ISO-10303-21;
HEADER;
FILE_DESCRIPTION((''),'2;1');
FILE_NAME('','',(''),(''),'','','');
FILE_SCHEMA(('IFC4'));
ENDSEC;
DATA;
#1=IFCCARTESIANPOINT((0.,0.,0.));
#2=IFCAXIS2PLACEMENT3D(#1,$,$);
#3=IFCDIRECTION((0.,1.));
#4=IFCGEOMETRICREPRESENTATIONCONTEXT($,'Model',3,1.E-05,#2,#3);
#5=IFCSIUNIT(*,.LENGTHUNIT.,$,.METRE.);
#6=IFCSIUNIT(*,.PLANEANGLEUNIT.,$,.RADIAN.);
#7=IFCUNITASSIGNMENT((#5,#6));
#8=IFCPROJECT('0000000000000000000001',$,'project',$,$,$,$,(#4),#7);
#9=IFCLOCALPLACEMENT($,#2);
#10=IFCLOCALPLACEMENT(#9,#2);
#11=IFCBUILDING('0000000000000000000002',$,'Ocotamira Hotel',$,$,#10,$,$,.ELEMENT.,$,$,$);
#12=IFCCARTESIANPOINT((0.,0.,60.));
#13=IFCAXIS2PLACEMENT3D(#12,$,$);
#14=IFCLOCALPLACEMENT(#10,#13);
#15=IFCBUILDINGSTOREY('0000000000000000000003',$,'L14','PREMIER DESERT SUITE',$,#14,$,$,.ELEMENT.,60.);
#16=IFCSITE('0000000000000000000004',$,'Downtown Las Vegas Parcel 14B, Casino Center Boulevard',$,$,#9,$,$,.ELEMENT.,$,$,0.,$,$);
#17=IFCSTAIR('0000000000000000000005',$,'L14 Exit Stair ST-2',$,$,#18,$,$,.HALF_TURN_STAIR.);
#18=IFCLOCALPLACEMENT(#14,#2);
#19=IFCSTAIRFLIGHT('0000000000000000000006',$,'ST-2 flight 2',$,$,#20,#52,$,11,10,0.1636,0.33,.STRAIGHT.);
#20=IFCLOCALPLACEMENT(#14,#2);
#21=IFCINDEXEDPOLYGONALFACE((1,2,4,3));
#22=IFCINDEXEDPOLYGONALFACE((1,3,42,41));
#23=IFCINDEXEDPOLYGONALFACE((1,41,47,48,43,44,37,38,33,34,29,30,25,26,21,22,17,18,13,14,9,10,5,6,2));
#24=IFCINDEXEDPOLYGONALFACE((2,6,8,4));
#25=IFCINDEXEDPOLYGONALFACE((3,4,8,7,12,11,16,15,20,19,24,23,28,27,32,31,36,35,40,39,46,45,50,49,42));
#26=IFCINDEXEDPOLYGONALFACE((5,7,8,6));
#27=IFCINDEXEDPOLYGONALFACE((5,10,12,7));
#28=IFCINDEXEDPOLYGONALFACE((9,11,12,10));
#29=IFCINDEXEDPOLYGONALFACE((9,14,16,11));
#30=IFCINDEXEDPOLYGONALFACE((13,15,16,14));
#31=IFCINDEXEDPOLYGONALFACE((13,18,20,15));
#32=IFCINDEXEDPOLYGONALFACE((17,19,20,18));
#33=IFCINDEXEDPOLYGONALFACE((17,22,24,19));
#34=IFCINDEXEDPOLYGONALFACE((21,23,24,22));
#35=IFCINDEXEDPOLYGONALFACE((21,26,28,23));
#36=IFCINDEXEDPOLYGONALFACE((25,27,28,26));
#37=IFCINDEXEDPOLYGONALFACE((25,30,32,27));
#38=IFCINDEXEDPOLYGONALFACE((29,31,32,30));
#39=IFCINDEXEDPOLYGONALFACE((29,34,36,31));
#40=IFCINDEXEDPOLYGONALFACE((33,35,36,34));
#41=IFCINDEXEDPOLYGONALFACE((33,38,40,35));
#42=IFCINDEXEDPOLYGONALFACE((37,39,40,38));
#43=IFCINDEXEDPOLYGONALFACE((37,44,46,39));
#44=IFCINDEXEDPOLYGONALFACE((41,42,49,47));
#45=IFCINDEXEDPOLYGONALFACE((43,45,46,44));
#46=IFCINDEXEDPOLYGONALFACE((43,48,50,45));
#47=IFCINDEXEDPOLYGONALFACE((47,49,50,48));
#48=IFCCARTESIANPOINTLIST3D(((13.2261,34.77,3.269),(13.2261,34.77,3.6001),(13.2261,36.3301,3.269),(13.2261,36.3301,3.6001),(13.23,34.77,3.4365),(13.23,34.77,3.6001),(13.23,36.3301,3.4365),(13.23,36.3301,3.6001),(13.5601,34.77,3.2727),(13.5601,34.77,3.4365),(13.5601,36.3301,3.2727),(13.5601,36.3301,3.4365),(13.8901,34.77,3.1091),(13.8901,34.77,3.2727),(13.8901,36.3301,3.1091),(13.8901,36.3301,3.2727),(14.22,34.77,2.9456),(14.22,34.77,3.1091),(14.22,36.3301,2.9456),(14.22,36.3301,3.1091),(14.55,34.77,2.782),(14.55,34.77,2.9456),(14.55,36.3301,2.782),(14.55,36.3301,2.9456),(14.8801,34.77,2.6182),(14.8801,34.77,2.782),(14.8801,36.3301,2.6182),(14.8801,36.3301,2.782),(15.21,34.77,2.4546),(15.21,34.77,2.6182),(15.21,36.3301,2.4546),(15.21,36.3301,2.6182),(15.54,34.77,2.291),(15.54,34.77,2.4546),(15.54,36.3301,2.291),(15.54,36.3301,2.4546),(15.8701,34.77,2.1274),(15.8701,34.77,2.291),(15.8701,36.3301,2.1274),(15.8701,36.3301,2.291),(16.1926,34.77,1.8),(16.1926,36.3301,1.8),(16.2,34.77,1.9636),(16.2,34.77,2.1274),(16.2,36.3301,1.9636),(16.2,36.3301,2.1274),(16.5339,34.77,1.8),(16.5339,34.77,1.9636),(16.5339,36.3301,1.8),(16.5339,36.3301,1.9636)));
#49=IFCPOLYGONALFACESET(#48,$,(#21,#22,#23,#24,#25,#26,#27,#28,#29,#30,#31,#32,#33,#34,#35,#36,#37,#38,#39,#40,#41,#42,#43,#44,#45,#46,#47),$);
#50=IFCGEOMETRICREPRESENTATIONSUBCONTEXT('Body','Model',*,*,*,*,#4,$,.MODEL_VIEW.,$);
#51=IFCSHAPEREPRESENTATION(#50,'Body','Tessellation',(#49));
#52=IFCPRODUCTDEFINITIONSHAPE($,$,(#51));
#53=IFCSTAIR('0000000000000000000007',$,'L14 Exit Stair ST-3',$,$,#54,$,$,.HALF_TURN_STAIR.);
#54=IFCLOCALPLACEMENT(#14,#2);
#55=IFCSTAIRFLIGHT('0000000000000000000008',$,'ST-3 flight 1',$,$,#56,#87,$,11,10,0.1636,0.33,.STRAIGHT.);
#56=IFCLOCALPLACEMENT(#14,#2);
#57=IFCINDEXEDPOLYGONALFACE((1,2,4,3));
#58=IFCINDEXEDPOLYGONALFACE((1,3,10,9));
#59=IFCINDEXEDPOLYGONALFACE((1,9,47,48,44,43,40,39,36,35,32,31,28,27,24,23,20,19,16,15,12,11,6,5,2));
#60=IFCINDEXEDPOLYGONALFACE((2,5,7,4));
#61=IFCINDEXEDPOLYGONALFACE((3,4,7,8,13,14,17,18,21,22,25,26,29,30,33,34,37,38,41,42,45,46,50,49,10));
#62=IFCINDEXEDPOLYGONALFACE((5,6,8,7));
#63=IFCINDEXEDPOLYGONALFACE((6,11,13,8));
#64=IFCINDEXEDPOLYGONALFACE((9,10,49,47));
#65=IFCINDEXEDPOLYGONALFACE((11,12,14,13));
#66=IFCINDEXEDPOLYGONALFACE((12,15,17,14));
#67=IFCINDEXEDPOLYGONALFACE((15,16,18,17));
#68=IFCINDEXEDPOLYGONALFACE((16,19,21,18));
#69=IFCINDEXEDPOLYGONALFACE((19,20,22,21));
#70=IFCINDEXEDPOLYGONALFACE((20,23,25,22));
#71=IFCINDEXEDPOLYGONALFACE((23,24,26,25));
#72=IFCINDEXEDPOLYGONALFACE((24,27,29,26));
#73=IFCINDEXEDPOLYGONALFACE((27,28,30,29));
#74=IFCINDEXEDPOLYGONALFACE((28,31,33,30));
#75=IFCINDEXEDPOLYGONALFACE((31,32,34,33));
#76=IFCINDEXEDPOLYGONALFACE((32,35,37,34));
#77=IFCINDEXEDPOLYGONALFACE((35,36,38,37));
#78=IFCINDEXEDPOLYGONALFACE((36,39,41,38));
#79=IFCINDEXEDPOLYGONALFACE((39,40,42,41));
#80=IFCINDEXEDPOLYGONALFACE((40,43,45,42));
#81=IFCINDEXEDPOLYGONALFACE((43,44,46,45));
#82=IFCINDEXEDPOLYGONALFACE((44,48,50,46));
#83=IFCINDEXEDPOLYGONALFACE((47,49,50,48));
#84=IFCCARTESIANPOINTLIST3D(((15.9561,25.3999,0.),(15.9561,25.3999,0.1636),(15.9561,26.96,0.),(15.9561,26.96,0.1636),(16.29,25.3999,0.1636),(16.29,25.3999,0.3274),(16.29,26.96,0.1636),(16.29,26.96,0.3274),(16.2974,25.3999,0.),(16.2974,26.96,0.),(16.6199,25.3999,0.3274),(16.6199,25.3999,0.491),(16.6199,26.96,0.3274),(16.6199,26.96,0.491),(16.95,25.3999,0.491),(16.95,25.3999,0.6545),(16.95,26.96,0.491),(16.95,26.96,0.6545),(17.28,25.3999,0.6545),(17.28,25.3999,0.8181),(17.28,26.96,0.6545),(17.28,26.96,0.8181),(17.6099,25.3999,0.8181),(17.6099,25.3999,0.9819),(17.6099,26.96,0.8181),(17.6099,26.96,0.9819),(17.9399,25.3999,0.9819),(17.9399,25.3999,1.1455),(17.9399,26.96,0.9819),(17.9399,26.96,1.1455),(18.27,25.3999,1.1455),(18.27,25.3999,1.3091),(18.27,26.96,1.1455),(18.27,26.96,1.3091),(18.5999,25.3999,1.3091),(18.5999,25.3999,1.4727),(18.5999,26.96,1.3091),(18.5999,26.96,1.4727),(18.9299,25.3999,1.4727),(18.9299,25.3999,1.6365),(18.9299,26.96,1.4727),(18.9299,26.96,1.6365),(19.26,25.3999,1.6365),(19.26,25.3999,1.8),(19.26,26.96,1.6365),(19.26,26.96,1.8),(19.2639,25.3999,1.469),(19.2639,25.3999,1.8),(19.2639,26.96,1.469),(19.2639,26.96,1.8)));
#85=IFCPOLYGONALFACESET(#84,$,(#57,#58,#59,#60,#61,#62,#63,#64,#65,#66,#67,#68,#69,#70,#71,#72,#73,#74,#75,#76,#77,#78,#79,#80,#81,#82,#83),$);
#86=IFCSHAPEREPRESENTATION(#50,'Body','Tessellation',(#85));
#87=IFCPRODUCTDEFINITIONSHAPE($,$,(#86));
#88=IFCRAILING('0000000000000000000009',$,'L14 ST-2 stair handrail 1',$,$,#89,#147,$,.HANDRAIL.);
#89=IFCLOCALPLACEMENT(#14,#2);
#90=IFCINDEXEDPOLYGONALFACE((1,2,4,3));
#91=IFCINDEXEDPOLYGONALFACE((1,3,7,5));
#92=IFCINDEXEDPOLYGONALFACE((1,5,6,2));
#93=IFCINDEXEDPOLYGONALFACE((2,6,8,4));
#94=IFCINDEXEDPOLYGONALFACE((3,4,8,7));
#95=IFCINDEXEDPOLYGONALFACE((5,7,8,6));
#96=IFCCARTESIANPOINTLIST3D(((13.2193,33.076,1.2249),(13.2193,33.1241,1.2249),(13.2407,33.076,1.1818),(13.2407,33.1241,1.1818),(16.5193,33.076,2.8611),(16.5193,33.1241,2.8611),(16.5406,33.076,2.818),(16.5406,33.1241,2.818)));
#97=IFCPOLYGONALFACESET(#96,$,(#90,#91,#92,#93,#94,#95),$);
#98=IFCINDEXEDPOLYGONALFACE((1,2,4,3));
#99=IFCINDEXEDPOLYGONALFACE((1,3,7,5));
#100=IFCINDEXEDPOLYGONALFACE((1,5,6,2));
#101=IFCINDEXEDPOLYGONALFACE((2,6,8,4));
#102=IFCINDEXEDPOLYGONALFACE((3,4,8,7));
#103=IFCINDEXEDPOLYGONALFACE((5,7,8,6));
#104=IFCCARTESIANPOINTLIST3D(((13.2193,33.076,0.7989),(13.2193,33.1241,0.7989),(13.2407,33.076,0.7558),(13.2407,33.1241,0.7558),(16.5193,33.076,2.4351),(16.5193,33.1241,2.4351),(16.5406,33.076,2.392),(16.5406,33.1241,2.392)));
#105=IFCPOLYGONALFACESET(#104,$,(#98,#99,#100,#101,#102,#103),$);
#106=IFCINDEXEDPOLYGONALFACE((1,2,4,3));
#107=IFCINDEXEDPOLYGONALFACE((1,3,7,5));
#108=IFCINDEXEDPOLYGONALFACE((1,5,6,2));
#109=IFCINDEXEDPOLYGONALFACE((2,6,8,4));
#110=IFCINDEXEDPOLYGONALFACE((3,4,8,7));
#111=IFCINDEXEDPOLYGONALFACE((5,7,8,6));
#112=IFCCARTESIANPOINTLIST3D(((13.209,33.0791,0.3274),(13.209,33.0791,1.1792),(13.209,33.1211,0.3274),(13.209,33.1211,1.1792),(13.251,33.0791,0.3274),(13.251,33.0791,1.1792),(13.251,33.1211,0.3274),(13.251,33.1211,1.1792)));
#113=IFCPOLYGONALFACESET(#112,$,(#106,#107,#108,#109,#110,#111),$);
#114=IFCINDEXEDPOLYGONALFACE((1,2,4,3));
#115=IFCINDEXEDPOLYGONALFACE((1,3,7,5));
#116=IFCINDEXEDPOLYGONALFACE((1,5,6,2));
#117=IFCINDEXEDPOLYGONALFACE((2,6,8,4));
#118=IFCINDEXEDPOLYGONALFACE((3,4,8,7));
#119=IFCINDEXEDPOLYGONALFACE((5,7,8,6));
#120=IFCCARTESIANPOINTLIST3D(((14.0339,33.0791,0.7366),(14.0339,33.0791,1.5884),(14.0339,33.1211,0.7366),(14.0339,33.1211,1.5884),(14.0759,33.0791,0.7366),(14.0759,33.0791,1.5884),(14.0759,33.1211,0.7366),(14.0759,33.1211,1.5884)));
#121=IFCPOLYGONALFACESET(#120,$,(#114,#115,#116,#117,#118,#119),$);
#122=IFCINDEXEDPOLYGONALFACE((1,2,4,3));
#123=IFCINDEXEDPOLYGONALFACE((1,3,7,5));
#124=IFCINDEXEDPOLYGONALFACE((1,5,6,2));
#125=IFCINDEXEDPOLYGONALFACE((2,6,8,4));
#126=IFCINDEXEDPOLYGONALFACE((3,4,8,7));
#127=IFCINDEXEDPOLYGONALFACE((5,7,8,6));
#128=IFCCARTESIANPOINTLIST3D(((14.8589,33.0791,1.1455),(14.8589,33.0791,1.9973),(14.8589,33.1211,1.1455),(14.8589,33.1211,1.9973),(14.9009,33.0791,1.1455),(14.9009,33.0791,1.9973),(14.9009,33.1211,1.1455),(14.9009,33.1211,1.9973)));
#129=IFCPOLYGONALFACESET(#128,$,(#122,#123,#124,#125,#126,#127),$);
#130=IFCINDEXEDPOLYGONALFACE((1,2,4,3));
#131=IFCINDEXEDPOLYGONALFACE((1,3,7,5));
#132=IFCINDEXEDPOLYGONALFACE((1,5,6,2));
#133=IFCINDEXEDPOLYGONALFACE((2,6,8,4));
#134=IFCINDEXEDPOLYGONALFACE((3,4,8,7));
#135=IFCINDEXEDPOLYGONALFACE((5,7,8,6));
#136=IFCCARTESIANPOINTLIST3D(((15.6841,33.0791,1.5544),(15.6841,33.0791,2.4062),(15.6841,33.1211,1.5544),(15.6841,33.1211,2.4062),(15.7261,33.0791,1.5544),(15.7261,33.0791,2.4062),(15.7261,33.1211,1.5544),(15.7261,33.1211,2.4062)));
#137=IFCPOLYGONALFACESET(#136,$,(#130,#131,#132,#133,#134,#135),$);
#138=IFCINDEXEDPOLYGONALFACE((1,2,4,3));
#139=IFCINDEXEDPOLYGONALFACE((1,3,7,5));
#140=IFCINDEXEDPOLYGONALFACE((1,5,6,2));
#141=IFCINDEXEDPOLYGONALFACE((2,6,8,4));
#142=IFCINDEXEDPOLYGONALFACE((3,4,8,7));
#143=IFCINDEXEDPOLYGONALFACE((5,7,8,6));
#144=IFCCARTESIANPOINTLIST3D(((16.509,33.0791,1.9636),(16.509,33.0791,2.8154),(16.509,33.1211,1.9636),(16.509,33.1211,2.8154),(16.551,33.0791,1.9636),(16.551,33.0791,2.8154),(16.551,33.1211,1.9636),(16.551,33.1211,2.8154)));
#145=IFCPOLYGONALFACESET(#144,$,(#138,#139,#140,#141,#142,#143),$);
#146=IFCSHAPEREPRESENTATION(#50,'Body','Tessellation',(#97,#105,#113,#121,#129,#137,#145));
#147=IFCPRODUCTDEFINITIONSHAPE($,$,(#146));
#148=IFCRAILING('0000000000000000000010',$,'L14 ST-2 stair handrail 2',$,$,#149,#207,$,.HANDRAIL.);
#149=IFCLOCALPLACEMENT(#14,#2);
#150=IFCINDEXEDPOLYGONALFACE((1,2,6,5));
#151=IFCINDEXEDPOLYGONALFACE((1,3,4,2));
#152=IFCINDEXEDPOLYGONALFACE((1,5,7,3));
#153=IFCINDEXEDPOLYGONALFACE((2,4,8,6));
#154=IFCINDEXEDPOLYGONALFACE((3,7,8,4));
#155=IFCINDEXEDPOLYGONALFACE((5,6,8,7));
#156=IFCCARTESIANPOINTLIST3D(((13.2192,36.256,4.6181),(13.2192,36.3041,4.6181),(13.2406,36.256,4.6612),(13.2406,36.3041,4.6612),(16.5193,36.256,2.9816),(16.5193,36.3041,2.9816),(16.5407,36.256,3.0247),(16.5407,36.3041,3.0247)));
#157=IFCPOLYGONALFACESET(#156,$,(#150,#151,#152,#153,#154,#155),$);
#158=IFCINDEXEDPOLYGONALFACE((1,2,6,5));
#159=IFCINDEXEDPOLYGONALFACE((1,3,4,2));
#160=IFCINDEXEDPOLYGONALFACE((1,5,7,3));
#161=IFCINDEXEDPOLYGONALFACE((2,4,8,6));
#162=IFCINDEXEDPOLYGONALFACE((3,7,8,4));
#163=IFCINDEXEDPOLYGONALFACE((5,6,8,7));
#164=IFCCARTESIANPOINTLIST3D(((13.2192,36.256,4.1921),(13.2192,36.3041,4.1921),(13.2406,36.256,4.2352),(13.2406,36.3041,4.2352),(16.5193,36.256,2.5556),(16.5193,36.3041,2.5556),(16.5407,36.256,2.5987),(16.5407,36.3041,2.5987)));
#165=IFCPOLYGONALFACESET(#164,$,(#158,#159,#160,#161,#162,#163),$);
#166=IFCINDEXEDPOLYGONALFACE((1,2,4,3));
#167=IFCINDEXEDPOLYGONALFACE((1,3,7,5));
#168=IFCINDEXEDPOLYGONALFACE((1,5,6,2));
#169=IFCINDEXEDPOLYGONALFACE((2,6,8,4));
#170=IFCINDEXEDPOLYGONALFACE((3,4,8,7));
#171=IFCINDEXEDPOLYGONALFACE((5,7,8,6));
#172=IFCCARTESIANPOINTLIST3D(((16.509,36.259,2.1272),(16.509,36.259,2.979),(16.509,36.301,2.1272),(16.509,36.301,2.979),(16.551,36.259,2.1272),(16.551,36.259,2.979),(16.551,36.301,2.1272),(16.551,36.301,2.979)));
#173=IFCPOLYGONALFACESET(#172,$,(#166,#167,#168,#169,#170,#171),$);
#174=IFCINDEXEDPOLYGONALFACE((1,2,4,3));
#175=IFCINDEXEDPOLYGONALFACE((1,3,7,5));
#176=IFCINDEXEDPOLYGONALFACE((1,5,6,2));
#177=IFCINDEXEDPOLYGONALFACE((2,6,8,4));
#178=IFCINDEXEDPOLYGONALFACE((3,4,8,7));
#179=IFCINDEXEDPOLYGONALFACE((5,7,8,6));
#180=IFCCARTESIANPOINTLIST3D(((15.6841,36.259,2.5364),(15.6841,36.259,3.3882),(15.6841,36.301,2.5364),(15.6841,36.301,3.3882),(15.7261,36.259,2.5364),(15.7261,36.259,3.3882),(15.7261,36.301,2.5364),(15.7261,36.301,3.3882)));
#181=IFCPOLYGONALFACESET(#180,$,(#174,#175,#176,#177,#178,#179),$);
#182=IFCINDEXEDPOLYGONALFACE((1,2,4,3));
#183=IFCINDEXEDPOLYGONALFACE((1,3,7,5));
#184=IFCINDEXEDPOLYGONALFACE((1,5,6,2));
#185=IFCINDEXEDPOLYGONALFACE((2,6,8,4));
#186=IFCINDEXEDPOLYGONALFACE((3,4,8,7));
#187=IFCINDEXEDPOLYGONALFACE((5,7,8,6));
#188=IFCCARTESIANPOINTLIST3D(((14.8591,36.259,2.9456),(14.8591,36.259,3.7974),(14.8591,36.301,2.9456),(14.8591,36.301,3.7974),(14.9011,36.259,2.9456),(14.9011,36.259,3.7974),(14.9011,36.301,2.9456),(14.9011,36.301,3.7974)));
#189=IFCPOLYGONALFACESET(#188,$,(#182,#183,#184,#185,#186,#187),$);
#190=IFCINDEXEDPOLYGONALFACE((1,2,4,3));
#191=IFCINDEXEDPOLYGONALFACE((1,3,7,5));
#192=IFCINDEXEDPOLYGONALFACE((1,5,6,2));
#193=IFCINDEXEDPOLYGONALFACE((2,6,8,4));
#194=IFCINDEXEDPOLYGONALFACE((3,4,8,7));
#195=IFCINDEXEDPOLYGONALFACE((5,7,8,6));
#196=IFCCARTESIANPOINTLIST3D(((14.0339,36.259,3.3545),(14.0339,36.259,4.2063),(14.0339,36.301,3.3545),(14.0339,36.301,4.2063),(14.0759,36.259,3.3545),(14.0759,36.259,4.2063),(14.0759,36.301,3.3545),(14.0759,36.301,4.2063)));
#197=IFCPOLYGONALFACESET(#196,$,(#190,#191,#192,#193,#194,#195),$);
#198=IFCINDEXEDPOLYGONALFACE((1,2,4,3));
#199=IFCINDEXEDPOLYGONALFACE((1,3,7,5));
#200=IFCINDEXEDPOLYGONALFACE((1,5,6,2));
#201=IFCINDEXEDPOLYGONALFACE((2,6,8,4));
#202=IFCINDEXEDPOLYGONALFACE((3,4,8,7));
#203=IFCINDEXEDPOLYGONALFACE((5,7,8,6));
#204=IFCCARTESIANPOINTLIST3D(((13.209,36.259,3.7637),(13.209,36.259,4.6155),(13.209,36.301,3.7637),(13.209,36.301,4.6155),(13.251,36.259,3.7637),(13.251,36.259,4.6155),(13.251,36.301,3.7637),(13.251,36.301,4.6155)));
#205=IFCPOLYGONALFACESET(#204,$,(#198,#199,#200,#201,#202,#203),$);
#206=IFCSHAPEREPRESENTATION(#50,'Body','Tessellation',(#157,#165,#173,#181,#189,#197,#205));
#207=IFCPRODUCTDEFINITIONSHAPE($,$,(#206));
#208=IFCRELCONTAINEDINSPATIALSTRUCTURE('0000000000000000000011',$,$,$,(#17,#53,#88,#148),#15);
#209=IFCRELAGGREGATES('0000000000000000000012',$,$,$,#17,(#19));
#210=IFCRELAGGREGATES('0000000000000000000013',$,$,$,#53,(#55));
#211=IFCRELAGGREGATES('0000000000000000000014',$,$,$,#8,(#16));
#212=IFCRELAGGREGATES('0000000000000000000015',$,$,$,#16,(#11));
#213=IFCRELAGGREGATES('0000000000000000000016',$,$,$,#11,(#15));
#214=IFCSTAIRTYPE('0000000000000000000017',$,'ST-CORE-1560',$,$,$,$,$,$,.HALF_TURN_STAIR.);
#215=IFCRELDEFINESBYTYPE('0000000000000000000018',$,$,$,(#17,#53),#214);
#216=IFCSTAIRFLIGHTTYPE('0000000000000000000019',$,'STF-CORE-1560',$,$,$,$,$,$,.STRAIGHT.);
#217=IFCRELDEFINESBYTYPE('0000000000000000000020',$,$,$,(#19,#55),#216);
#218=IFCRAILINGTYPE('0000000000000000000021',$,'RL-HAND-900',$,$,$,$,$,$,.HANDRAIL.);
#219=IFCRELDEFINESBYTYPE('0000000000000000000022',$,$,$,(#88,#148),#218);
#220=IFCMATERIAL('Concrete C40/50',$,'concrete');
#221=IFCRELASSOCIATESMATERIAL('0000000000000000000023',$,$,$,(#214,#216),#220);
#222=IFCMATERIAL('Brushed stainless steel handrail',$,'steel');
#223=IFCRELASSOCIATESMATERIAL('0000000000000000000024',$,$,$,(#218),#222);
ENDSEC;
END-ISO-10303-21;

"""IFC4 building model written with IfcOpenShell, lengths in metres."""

from ifc_helpers import new_model, si_unit, direction, frame, origin, origin_2d, place, context, subcontext, project, spatial, polyline, rectangle, outline, extrude, source, transform, mapped, material, type_object, element, aggregate, save


model = new_model("IFC4")

# Units and contexts
model_context = context("Model", 3, precision=1e-05, world=origin(), true_north=direction((0.0, 1.0)))
body_context = subcontext(model_context, "Body", "Model", "MODEL_VIEW")
ifc_project = project(units=[si_unit("LENGTHUNIT", "METRE"), si_unit("PLANEANGLEUNIT", "RADIAN")], contexts=[model_context])

# Site, building, storey
site_placement = place(None, origin())
site = spatial("IfcSite", under=ifc_project, at=site_placement, Name="Downtown Las Vegas Parcel 14B, Casino Center Boulevard", CompositionType="ELEMENT", RefElevation=0.0)
building_placement = place(site_placement, origin())
building = spatial("IfcBuilding", under=site, at=building_placement, Name="Ocotamira Hotel", CompositionType="ELEMENT")
storey_placement = place(building_placement, frame((0.0, 0.0, 60.0)))
storey = spatial("IfcBuildingStorey", under=building, at=storey_placement, Name="L14", Description="PREMIER DESERT SUITE", CompositionType="ELEMENT", Elevation=60.0)

# Stair, stair flight
ifc_material_1 = material(Name="Concrete C40/50", Category="concrete")
stair_type = type_object("IfcStairType", Name="ST-CORE-1560", PredefinedType="HALF_TURN_STAIR", material=ifc_material_1)
stair_1_placement = place(storey_placement, origin())
stair_1 = element("IfcStair", 1, at=stair_1_placement, inside=storey, type_object=stair_type, Name="L14 Exit Stair ST-2", PredefinedType="HALF_TURN_STAIR")
stair_flight_type = type_object("IfcStairFlightType", Name="STF-CORE-1560", PredefinedType="STRAIGHT", material=ifc_material_1)
shared_shape_1 = source(origin(), body_context, "Body", "SweptSolid", [
    extrude(outline(polyline([(-0.0039, 0.0), (-0.0039, 0.1636), (0.3301, 0.1636), (0.3301, 0.3274), (0.6599, 0.3274), (0.6599, 0.491), (0.99, 0.491), (0.99, 0.6545), (1.3201, 0.6545), (1.3201, 0.8181), (1.6499, 0.8181), (1.6499, 0.9819), (1.98, 0.9819), (1.98, 1.1455), (2.3101, 1.1455), (2.3101, 1.3091), (2.6399, 1.3091), (2.6399, 1.4727), (2.97, 1.4727), (2.97, 1.6365), (3.3, 1.6365), (3.3, 1.8), (3.304, 1.8), (3.304, 1.469), (0.3374, 0.0), (-0.0039, 0.0)])), frame((0.0, 0.78, 0.0), z_axis=(0.0, -1.0, 0.0), x_axis=(1.0, 0.0, 0.0)), (0.0, 0.0, 1.0), 1.5601),
])
stair_flight_1_placement = place(storey_placement, frame((16.53, 35.55, 1.8), z_axis=(0.0, 0.0, 1.0), x_axis=(-1.0, 0.0, 0.0)))
stair_flight_1 = element("IfcStairFlight", 2, at=stair_flight_1_placement, type_object=stair_flight_type, Name="ST-2 flight 2", NumberOfRisers=11, NumberOfTreads=10, PredefinedType="STRAIGHT", RiserHeight=0.1636, TreadLength=0.33, context=body_context, shape_type="MappedRepresentation", body=[
    mapped(shared_shape_1, transform((0.0, 0.0, 0.0), scale=1.0)),
])
aggregate(stair_1, [stair_flight_1])

# Stair, stair flight
stair_2_placement = place(storey_placement, origin())
stair_2 = element("IfcStair", 3, at=stair_2_placement, inside=storey, type_object=stair_type, Name="L14 Exit Stair ST-3", PredefinedType="HALF_TURN_STAIR")
stair_flight_2_placement = place(storey_placement, frame((15.96, 26.1799, 0.0), z_axis=(0.0, 0.0, 1.0), x_axis=(1.0, 0.0, 0.0)))
stair_flight_2 = element("IfcStairFlight", 4, at=stair_flight_2_placement, type_object=stair_flight_type, Name="ST-3 flight 1", NumberOfRisers=11, NumberOfTreads=10, PredefinedType="STRAIGHT", RiserHeight=0.1636, TreadLength=0.33, context=body_context, shape_type="MappedRepresentation", body=[
    mapped(shared_shape_1, transform((0.0, 0.0, 0.0), scale=1.0)),
])
aggregate(stair_2, [stair_flight_2])

# Railings
ifc_material_2 = material(Name="Brushed stainless steel handrail", Category="steel")
railing_type_1 = type_object("IfcRailingType", Name="RL-HAND-900", PredefinedType="HANDRAIL", material=ifc_material_2)
railing_1_placement = place(storey_placement, frame((13.23, 33.1001, 0.3274)))
element("IfcRailing", 5, at=railing_1_placement, inside=storey, type_object=railing_type_1, Name="L14 ST-2 stair handrail 1", PredefinedType="HANDRAIL", context=body_context, shape_type="SweptSolid", body=[
    extrude(rectangle(XDim=0.0481, YDim=0.0481, at=origin_2d()), frame((0.0, 0.0, 0.876), z_axis=(0.89592, 0.0, 0.444215), x_axis=(0.0, 1.0, 0.0)), (0.0, 0.0, 1.0), 3.6833),
    extrude(rectangle(XDim=0.0481, YDim=0.0481, at=origin_2d()), frame((0.0, 0.0, 0.45), z_axis=(0.89592, 0.0, 0.444215), x_axis=(0.0, 1.0, 0.0)), (0.0, 0.0, 1.0), 3.6833),
    extrude(rectangle(XDim=0.042, YDim=0.042, at=origin_2d()), origin(), (0.0, 0.0, 1.0), 0.8518),
    extrude(rectangle(XDim=0.042, YDim=0.042, at=origin_2d()), frame((0.825, 0.0, 0.4092)), (0.0, 0.0, 1.0), 0.8518),
    extrude(rectangle(XDim=0.042, YDim=0.042, at=origin_2d()), frame((1.6499, 0.0, 0.8181)), (0.0, 0.0, 1.0), 0.8518),
    extrude(rectangle(XDim=0.042, YDim=0.042, at=origin_2d()), frame((2.4751, 0.0, 1.2271)), (0.0, 0.0, 1.0), 0.8518),
    extrude(rectangle(XDim=0.042, YDim=0.042, at=origin_2d()), frame((3.3, 0.0, 1.6362)), (0.0, 0.0, 1.0), 0.8518),
])
railing_2_placement = place(storey_placement, frame((16.53, 36.28, 2.1272)))
element("IfcRailing", 6, at=railing_2_placement, inside=storey, type_object=railing_type_1, Name="L14 ST-2 stair handrail 2", PredefinedType="HANDRAIL", context=body_context, shape_type="SweptSolid", body=[
    extrude(rectangle(XDim=0.0481, YDim=0.0481, at=origin_2d()), frame((0.0, 0.0, 0.876), z_axis=(-0.895894, 0.0, 0.444268), x_axis=(0.0, -1.0, 0.0)), (0.0, 0.0, 1.0), 3.6836),
    extrude(rectangle(XDim=0.0481, YDim=0.0481, at=origin_2d()), frame((0.0, 0.0, 0.45), z_axis=(-0.895894, 0.0, 0.444268), x_axis=(0.0, -1.0, 0.0)), (0.0, 0.0, 1.0), 3.6836),
    extrude(rectangle(XDim=0.042, YDim=0.042, at=origin_2d()), origin(), (0.0, 0.0, 1.0), 0.8518),
    extrude(rectangle(XDim=0.042, YDim=0.042, at=origin_2d()), frame((-0.825, 0.0, 0.4092)), (0.0, 0.0, 1.0), 0.8518),
    extrude(rectangle(XDim=0.042, YDim=0.042, at=origin_2d()), frame((-1.6499, 0.0, 0.8184)), (0.0, 0.0, 1.0), 0.8518),
    extrude(rectangle(XDim=0.042, YDim=0.042, at=origin_2d()), frame((-2.4751, 0.0, 1.2273)), (0.0, 0.0, 1.0), 0.8518),
    extrude(rectangle(XDim=0.042, YDim=0.042, at=origin_2d()), frame((-3.3, 0.0, 1.6365)), (0.0, 0.0, 1.0), 0.8518),
])

save(model, "model.ifc")
